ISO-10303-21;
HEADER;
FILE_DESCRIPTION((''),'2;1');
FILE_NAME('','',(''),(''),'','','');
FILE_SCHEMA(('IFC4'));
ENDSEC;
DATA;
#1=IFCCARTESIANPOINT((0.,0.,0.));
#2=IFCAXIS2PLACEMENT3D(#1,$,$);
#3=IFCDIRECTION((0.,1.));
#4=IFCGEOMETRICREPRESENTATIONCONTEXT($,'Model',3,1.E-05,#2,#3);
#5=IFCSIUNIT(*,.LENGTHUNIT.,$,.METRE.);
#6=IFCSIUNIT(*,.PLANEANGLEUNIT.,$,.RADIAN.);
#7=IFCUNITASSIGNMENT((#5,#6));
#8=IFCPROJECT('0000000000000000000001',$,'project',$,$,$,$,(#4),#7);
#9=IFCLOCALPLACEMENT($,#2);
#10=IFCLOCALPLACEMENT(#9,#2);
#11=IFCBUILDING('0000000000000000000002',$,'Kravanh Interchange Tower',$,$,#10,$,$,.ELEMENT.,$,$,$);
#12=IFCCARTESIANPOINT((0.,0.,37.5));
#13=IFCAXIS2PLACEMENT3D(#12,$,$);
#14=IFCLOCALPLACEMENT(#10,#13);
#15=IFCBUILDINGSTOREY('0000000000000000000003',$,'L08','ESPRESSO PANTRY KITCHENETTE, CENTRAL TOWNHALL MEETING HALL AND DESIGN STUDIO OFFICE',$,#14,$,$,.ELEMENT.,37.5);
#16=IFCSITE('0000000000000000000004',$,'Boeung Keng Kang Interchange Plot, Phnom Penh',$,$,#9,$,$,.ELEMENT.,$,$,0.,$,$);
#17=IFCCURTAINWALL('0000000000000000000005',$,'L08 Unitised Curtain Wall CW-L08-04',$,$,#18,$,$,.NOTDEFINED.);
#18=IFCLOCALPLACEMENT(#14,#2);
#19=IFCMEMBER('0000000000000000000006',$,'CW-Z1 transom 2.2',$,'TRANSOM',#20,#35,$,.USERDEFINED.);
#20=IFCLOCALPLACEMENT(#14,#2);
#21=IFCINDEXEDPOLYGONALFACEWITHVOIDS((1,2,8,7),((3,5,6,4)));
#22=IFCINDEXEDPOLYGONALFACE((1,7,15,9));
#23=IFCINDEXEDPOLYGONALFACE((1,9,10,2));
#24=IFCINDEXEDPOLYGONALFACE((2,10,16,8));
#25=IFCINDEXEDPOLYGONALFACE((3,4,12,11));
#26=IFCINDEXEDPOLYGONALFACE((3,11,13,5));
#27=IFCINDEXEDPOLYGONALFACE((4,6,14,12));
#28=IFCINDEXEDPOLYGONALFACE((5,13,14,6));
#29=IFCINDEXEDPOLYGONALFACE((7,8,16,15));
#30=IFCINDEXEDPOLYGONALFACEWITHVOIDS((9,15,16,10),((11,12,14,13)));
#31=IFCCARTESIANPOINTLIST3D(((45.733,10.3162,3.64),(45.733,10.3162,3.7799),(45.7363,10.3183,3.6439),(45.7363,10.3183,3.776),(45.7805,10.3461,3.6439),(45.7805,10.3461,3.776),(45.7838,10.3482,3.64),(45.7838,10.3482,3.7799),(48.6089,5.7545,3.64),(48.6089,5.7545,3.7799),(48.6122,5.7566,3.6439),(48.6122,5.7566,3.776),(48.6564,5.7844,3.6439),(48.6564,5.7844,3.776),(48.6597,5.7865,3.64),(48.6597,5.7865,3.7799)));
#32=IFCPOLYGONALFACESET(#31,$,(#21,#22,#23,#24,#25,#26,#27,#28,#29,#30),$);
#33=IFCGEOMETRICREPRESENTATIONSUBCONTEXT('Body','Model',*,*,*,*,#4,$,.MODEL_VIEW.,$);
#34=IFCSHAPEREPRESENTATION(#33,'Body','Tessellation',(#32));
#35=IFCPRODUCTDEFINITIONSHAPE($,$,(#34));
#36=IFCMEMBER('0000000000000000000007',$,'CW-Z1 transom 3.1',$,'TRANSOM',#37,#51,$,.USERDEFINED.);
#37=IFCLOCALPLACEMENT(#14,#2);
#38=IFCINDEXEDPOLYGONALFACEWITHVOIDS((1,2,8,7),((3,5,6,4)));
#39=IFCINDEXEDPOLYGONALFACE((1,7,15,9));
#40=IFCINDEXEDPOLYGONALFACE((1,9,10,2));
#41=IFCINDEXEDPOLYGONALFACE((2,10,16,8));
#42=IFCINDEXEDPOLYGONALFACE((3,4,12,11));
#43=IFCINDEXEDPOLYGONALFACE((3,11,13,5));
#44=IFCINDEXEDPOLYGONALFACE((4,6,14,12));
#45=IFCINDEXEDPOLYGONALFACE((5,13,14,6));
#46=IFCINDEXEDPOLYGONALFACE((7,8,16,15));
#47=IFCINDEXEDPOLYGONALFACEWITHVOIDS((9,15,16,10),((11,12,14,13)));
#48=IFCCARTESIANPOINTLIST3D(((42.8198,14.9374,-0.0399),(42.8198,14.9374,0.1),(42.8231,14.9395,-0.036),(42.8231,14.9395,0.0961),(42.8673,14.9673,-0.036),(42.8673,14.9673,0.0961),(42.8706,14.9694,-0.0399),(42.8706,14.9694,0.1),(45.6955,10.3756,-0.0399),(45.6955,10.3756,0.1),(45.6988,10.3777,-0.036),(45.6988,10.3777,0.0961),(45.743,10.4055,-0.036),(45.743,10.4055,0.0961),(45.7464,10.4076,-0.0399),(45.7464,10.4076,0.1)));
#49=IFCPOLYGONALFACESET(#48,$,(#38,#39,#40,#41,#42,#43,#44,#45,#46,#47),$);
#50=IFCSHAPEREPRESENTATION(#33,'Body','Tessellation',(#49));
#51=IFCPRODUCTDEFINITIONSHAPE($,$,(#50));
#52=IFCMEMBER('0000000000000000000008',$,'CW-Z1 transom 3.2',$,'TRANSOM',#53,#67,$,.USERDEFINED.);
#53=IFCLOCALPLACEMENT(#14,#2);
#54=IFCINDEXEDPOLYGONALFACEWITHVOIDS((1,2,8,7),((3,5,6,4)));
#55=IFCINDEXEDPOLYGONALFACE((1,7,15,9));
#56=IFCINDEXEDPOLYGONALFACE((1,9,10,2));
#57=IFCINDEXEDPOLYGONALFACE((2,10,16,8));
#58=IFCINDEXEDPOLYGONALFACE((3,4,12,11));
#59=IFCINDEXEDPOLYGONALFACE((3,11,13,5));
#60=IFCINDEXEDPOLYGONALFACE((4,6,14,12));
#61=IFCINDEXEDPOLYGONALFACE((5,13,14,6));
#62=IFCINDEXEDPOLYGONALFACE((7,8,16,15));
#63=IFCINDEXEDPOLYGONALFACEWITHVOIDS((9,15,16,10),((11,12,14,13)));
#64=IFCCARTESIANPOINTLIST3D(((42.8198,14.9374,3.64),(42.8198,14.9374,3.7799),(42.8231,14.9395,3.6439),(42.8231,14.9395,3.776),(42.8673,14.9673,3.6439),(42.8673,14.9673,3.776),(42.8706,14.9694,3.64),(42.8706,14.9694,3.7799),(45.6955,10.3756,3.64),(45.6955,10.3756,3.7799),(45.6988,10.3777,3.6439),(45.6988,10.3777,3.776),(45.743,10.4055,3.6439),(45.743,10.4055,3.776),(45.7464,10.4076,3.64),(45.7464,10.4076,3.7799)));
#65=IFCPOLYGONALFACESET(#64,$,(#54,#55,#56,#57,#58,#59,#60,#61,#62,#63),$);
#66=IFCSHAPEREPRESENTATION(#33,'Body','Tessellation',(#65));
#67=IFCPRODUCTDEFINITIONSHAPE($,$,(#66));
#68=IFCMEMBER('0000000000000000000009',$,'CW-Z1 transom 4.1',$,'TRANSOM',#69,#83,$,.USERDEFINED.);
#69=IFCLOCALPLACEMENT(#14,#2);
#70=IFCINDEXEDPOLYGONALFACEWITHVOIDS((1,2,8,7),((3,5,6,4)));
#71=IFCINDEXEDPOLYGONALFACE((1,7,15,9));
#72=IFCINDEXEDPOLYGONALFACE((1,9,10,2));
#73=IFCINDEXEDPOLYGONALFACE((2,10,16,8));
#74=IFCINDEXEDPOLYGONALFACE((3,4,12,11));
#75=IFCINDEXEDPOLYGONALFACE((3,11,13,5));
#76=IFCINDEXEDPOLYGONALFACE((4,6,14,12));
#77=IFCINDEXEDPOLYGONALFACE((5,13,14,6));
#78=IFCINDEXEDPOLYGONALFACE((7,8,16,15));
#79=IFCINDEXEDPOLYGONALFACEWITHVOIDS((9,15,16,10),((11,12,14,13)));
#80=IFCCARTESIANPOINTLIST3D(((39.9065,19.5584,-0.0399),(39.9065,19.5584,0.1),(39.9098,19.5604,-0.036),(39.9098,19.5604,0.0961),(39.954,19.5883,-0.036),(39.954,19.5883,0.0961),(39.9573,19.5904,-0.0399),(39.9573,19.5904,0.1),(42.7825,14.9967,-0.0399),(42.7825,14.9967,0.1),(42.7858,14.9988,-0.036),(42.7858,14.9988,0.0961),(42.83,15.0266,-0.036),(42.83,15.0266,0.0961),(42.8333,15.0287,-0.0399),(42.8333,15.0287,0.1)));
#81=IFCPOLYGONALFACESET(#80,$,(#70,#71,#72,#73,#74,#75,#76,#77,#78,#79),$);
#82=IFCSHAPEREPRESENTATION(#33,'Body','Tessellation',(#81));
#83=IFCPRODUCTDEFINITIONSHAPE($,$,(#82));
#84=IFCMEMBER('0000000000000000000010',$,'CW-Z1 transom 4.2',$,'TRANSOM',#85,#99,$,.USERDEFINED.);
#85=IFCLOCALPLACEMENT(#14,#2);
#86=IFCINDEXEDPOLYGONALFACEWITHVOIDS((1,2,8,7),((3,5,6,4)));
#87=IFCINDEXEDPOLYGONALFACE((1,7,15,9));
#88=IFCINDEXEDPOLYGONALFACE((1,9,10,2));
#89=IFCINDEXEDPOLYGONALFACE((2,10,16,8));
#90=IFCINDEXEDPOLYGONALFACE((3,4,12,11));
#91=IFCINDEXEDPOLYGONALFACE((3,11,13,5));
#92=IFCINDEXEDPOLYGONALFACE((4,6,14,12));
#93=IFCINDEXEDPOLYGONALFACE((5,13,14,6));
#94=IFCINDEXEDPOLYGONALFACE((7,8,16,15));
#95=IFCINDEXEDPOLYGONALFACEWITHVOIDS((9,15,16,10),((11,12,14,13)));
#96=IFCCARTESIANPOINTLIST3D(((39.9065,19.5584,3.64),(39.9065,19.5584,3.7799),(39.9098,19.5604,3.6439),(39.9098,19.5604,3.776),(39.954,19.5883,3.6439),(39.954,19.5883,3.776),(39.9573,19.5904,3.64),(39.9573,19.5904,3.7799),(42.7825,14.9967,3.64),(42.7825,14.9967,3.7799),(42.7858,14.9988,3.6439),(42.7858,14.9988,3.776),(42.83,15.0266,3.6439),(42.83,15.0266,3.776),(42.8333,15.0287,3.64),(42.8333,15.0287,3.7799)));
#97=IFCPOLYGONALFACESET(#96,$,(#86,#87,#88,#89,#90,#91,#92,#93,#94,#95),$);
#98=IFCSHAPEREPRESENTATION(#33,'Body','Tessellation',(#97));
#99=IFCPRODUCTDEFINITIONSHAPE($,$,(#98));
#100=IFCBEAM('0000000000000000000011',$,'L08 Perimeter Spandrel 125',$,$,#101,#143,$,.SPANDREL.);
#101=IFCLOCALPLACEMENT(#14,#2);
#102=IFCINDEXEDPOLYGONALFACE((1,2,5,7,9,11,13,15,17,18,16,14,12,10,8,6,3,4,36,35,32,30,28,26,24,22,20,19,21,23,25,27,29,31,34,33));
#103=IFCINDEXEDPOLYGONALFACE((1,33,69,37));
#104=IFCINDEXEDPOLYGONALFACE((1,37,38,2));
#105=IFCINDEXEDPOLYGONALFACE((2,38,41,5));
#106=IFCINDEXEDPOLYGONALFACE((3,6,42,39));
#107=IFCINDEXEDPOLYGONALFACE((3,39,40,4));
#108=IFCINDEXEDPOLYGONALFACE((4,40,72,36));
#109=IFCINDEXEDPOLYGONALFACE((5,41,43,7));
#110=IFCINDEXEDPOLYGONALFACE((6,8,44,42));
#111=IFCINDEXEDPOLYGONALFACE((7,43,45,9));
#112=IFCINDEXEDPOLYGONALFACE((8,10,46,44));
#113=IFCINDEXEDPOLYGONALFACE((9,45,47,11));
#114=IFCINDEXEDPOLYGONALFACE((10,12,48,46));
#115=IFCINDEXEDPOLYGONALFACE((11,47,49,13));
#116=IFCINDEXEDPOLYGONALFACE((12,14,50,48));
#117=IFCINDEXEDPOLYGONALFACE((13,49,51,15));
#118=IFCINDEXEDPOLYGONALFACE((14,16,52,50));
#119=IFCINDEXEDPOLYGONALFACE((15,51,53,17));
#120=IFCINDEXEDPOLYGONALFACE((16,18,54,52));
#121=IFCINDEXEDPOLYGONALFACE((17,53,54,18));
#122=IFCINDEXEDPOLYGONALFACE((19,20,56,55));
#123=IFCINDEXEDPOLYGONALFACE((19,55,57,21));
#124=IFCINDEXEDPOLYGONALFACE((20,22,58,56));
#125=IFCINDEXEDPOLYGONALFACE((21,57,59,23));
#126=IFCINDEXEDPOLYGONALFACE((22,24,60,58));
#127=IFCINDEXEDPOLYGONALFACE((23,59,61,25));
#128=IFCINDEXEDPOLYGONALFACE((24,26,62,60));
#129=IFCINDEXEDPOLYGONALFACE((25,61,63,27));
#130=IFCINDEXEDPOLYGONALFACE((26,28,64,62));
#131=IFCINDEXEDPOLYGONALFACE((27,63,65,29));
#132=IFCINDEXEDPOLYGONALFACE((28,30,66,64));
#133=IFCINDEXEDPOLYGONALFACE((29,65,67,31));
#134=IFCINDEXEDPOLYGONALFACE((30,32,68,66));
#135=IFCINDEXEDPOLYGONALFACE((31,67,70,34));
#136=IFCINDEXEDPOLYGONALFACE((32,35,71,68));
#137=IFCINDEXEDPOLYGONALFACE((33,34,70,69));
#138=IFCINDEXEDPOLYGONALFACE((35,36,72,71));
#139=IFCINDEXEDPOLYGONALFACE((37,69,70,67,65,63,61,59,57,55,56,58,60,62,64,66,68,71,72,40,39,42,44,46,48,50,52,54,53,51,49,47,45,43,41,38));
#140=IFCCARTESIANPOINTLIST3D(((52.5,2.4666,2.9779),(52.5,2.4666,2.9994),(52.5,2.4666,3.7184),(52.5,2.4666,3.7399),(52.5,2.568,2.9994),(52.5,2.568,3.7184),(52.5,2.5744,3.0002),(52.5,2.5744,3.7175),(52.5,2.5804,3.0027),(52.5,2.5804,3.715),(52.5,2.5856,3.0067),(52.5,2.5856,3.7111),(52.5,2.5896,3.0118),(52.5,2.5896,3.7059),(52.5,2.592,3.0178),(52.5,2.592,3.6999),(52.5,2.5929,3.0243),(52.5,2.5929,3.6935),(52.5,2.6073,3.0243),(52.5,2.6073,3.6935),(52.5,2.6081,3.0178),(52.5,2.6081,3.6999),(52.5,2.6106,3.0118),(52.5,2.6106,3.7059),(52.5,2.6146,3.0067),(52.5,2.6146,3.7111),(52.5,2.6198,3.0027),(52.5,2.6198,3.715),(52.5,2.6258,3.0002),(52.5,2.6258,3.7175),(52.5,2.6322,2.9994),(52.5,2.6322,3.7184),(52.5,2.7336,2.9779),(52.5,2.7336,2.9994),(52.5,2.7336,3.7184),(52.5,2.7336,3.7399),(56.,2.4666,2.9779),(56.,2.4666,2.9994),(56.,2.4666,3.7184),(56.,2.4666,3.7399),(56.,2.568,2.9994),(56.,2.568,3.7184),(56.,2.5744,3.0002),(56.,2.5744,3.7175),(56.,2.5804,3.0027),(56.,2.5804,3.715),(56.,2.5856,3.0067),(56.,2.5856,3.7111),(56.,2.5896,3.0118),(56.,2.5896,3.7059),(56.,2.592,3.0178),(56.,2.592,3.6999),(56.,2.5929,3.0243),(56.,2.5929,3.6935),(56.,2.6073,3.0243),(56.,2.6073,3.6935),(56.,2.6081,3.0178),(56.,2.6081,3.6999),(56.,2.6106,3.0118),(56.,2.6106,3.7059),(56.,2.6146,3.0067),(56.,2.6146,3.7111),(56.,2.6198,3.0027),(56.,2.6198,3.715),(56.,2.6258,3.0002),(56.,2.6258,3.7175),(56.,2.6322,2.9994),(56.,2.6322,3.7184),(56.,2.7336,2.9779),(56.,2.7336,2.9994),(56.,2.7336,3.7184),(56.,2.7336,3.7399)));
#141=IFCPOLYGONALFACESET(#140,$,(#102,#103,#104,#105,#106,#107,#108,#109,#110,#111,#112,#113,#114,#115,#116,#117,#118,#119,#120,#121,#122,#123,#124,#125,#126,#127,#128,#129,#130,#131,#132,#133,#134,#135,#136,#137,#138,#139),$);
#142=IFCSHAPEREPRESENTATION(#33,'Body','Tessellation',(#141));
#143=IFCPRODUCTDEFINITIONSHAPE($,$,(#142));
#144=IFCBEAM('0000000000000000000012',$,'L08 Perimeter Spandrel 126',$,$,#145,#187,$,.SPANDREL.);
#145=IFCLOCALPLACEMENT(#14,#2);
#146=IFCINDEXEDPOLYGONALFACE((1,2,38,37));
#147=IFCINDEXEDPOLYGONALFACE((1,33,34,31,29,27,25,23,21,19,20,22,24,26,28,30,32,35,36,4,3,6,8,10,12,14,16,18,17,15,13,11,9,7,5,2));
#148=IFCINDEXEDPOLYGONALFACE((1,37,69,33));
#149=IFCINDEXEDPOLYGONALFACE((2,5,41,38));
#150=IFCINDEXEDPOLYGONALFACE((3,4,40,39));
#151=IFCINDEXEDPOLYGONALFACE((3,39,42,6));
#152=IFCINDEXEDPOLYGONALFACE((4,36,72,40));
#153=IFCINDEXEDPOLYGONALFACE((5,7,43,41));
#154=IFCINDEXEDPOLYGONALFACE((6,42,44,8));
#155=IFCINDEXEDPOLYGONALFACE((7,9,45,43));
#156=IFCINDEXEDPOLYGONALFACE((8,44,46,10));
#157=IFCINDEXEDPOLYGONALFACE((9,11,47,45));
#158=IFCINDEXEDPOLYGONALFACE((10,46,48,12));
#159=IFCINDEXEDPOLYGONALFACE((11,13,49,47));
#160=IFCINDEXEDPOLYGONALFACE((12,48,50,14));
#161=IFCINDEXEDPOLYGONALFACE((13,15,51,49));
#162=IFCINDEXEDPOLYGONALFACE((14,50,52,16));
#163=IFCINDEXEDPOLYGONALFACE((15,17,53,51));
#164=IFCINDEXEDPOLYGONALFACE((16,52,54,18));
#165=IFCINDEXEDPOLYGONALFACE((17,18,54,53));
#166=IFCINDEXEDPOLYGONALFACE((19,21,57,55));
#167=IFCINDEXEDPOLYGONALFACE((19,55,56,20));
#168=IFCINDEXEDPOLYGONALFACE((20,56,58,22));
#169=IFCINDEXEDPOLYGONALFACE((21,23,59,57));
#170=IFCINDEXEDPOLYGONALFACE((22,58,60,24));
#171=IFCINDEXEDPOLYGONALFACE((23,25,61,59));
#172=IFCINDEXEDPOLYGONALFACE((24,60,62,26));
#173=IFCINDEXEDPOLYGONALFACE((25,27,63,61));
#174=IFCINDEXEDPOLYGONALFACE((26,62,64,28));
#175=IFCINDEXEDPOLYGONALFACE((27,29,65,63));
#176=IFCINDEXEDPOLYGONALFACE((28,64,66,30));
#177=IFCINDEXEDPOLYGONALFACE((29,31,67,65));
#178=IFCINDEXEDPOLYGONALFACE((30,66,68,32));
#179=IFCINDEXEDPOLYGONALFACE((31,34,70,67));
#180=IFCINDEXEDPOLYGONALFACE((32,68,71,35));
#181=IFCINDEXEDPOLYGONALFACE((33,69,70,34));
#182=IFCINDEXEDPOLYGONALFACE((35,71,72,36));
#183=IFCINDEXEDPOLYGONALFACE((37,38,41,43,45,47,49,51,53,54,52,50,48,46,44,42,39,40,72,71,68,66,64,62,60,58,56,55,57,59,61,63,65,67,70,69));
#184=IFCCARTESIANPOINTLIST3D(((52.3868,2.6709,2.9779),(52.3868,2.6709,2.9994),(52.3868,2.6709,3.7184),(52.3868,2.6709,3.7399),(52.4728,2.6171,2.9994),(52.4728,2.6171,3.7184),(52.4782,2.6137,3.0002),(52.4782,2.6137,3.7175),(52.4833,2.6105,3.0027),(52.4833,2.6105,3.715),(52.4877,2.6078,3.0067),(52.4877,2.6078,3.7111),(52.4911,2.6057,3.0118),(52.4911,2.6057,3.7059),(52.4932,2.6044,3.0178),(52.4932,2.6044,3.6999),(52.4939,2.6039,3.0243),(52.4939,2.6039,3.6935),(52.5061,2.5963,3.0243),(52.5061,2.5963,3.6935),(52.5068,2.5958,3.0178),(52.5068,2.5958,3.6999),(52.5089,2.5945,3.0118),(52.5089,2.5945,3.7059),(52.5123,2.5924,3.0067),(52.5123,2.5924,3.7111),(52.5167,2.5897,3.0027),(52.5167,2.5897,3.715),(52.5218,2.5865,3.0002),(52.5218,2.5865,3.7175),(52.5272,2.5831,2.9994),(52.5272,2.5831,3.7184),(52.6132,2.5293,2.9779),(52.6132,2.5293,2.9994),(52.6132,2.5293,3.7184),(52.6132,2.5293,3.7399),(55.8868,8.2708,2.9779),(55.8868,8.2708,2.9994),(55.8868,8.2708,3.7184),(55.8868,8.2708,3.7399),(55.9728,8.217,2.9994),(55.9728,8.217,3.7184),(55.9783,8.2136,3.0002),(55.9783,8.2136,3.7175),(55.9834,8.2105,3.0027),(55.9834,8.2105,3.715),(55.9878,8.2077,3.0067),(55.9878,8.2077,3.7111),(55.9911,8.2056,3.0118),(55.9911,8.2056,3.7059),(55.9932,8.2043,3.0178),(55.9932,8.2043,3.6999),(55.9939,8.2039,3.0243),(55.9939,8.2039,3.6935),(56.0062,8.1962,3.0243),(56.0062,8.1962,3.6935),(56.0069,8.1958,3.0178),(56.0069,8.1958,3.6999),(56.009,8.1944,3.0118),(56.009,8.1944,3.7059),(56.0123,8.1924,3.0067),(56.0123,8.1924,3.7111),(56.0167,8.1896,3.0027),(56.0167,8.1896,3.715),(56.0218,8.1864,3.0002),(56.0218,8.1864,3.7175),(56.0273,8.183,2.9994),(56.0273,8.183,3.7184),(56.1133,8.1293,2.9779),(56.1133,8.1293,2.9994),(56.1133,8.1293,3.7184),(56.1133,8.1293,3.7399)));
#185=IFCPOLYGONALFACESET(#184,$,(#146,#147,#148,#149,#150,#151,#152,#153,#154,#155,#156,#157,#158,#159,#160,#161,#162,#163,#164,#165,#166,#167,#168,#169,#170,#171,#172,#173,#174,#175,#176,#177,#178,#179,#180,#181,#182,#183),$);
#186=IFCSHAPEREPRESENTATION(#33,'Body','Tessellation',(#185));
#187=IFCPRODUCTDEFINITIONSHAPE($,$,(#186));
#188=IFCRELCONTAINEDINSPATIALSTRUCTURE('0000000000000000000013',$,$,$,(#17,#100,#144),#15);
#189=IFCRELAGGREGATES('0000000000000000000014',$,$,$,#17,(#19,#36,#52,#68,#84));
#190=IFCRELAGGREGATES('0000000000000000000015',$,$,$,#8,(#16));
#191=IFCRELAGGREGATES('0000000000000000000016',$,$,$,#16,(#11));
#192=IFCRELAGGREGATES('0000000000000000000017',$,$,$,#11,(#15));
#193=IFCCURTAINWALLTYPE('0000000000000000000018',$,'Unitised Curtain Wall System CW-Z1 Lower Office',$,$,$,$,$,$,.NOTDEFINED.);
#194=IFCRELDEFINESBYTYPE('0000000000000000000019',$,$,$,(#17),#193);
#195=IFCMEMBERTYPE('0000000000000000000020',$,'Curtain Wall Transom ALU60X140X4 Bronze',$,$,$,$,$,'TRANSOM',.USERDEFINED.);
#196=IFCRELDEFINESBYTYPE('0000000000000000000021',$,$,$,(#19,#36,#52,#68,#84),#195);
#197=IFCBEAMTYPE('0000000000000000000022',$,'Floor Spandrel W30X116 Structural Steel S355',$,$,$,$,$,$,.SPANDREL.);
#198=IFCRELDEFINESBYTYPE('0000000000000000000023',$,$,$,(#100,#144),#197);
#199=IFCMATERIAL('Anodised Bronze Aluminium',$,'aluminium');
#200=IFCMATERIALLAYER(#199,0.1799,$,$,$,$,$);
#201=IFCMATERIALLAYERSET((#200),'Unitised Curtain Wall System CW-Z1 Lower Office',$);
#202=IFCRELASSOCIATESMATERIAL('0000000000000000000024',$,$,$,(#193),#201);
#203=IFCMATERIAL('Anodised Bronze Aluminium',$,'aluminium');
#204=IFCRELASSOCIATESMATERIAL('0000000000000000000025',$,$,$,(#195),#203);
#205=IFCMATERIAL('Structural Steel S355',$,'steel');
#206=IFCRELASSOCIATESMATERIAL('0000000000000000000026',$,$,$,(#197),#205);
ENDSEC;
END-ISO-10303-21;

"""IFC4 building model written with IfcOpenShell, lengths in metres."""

from ifc_helpers import new_model, si_unit, direction, frame, origin, origin_2d, place, context, subcontext, project, spatial, hollow_rectangle, i_section, extrude, material, layer, layer_set, material_profile, profile_set, type_object, element, aggregate, save


model = new_model("IFC4")

# Units and contexts
model_context = context("Model", 3, precision=1e-05, world=origin(), true_north=direction((0.0, 1.0)))
body_context = subcontext(model_context, "Body", "Model", "MODEL_VIEW")
ifc_project = project(units=[si_unit("LENGTHUNIT", "METRE"), si_unit("PLANEANGLEUNIT", "RADIAN")], contexts=[model_context])

# Site, building, storey
site_placement = place(None, origin())
site = spatial("IfcSite", under=ifc_project, at=site_placement, Name="Boeung Keng Kang Interchange Plot, Phnom Penh", CompositionType="ELEMENT", RefElevation=0.0)
building_placement = place(site_placement, origin())
building = spatial("IfcBuilding", under=site, at=building_placement, Name="Kravanh Interchange Tower", CompositionType="ELEMENT")
storey_placement = place(building_placement, frame((0.0, 0.0, 37.5)))
storey = spatial("IfcBuildingStorey", under=building, at=storey_placement, Name="L08", Description="ESPRESSO PANTRY KITCHENETTE, CENTRAL TOWNHALL MEETING HALL AND DESIGN STUDIO OFFICE", CompositionType="ELEMENT", Elevation=37.5)

# Shared definitions
ifc_material_1 = material(Name="Anodised Bronze Aluminium", Category="aluminium")
ifc_layer_1 = layer(ifc_material_1, 0.1799)
ifc_layer_set_1 = layer_set([ifc_layer_1], Name="Unitised Curtain Wall System CW-Z1 Lower Office")
curtain_wall_type = type_object("IfcCurtainWallType", Name="Unitised Curtain Wall System CW-Z1 Lower Office", PredefinedType="NOTDEFINED", material=ifc_layer_set_1)

# Curtain wall, members
curtain_wall_1_placement = place(storey_placement, origin())
curtain_wall_1 = element("IfcCurtainWall", 1, at=curtain_wall_1_placement, inside=storey, type_object=curtain_wall_type, Name="L08 Unitised Curtain Wall CW-L08-04", PredefinedType="NOTDEFINED")
ifc_material_2 = material(Name="Anodised Bronze Aluminium", Category="aluminium")
ifc_material_profile_1 = material_profile(ifc_material_2, hollow_rectangle(XDim=0.0601, YDim=0.1399, WallThickness=0.0039, at=origin_2d()), Name="ALU60X140X4")
ifc_profile_set_1 = profile_set([ifc_material_profile_1], Name="Anodised Bronze Aluminium")
member_type_1 = type_object("IfcMemberType", Name="Curtain Wall Transom ALU60X140X4 Bronze", ElementType="TRANSOM", PredefinedType="USERDEFINED", material=ifc_profile_set_1)
member_1_placement = place(storey_placement, frame((48.6343, 5.7705, 3.71), z_axis=(-0.533311, 0.845919, 0.0), x_axis=(-0.845919, -0.533311, 0.0)))
member_1 = element("IfcMember", 2, at=member_1_placement, type_object=member_type_1, Name="CW-Z1 transom 2.2", ObjectType="TRANSOM", PredefinedType="USERDEFINED", context=body_context, shape_type="SweptSolid", body=[
    extrude(hollow_rectangle(XDim=0.0601, YDim=0.1399, WallThickness=0.0039, at=origin_2d()), origin(), (0.0, 0.0, 1.0), 5.3926),
])
member_2_placement = place(storey_placement, frame((45.7209, 10.3916, 0.03), z_axis=(-0.533279, 0.845939, 0.0), x_axis=(-0.845939, -0.533279, 0.0)))
member_2 = element("IfcMember", 3, at=member_2_placement, type_object=member_type_1, Name="CW-Z1 transom 3.1", ObjectType="TRANSOM", PredefinedType="USERDEFINED", context=body_context, shape_type="SweptSolid", body=[
    extrude(hollow_rectangle(XDim=0.0601, YDim=0.1399, WallThickness=0.0039, at=origin_2d()), origin(), (0.0, 0.0, 1.0), 5.3926),
])
member_3_placement = place(storey_placement, frame((45.7209, 10.3916, 3.71), z_axis=(-0.533279, 0.845939, 0.0), x_axis=(-0.845939, -0.533279, 0.0)))
member_3 = element("IfcMember", 4, at=member_3_placement, type_object=member_type_1, Name="CW-Z1 transom 3.2", ObjectType="TRANSOM", PredefinedType="USERDEFINED", context=body_context, shape_type="SweptSolid", body=[
    extrude(hollow_rectangle(XDim=0.0601, YDim=0.1399, WallThickness=0.0039, at=origin_2d()), origin(), (0.0, 0.0, 1.0), 5.3926),
])
member_4_placement = place(storey_placement, frame((42.8079, 15.0127, 0.03), z_axis=(-0.533311, 0.845919, 0.0), x_axis=(-0.845919, -0.533311, 0.0)))
member_4 = element("IfcMember", 5, at=member_4_placement, type_object=member_type_1, Name="CW-Z1 transom 4.1", ObjectType="TRANSOM", PredefinedType="USERDEFINED", context=body_context, shape_type="SweptSolid", body=[
    extrude(hollow_rectangle(XDim=0.0601, YDim=0.1399, WallThickness=0.0039, at=origin_2d()), origin(), (0.0, 0.0, 1.0), 5.3926),
])
member_5_placement = place(storey_placement, frame((42.8079, 15.0127, 3.71), z_axis=(-0.533311, 0.845919, 0.0), x_axis=(-0.845919, -0.533311, 0.0)))
member_5 = element("IfcMember", 6, at=member_5_placement, type_object=member_type_1, Name="CW-Z1 transom 4.2", ObjectType="TRANSOM", PredefinedType="USERDEFINED", context=body_context, shape_type="SweptSolid", body=[
    extrude(hollow_rectangle(XDim=0.0601, YDim=0.1399, WallThickness=0.0039, at=origin_2d()), origin(), (0.0, 0.0, 1.0), 5.3926),
])

# Beams
ifc_material_3 = material(Name="Structural Steel S355", Category="steel")
ifc_material_profile_2 = material_profile(ifc_material_3, i_section(OverallWidth=0.2671, OverallDepth=0.762, WebThickness=0.0144, FlangeThickness=0.0215, FilletRadius=0.0249, at=origin_2d()), Name="W30X116")
ifc_profile_set_2 = profile_set([ifc_material_profile_2], Name="Structural Steel S355")
beam_type = type_object("IfcBeamType", Name="Floor Spandrel W30X116 Structural Steel S355", PredefinedType="SPANDREL", material=ifc_profile_set_2)
beam_1_placement = place(storey_placement, frame((52.5, 2.6001, 3.3589), z_axis=(1.0, 0.0, 0.0), x_axis=(0.0, 1.0, 0.0)))
element("IfcBeam", 7, at=beam_1_placement, inside=storey, type_object=beam_type, Name="L08 Perimeter Spandrel 125", PredefinedType="SPANDREL", context=body_context, shape_type="SweptSolid", body=[
    extrude(i_section(OverallWidth=0.2671, OverallDepth=0.762, WebThickness=0.0144, FlangeThickness=0.0215, FilletRadius=0.0249, at=origin_2d()), origin(), (0.0, 0.0, 1.0), 3.5),
])
beam_2_placement = place(storey_placement, frame((52.5, 2.6001, 3.3589), z_axis=(0.530009, 0.847992, 0.0), x_axis=(-0.847992, 0.530009, 0.0)))
element("IfcBeam", 8, at=beam_2_placement, inside=storey, type_object=beam_type, Name="L08 Perimeter Spandrel 126", PredefinedType="SPANDREL", context=body_context, shape_type="SweptSolid", body=[
    extrude(i_section(OverallWidth=0.2671, OverallDepth=0.762, WebThickness=0.0144, FlangeThickness=0.0215, FilletRadius=0.0249, at=origin_2d()), origin(), (0.0, 0.0, 1.0), 6.6038),
])

aggregate(curtain_wall_1, [member_1, member_2, member_3, member_4, member_5])

save(model, "model.ifc")
